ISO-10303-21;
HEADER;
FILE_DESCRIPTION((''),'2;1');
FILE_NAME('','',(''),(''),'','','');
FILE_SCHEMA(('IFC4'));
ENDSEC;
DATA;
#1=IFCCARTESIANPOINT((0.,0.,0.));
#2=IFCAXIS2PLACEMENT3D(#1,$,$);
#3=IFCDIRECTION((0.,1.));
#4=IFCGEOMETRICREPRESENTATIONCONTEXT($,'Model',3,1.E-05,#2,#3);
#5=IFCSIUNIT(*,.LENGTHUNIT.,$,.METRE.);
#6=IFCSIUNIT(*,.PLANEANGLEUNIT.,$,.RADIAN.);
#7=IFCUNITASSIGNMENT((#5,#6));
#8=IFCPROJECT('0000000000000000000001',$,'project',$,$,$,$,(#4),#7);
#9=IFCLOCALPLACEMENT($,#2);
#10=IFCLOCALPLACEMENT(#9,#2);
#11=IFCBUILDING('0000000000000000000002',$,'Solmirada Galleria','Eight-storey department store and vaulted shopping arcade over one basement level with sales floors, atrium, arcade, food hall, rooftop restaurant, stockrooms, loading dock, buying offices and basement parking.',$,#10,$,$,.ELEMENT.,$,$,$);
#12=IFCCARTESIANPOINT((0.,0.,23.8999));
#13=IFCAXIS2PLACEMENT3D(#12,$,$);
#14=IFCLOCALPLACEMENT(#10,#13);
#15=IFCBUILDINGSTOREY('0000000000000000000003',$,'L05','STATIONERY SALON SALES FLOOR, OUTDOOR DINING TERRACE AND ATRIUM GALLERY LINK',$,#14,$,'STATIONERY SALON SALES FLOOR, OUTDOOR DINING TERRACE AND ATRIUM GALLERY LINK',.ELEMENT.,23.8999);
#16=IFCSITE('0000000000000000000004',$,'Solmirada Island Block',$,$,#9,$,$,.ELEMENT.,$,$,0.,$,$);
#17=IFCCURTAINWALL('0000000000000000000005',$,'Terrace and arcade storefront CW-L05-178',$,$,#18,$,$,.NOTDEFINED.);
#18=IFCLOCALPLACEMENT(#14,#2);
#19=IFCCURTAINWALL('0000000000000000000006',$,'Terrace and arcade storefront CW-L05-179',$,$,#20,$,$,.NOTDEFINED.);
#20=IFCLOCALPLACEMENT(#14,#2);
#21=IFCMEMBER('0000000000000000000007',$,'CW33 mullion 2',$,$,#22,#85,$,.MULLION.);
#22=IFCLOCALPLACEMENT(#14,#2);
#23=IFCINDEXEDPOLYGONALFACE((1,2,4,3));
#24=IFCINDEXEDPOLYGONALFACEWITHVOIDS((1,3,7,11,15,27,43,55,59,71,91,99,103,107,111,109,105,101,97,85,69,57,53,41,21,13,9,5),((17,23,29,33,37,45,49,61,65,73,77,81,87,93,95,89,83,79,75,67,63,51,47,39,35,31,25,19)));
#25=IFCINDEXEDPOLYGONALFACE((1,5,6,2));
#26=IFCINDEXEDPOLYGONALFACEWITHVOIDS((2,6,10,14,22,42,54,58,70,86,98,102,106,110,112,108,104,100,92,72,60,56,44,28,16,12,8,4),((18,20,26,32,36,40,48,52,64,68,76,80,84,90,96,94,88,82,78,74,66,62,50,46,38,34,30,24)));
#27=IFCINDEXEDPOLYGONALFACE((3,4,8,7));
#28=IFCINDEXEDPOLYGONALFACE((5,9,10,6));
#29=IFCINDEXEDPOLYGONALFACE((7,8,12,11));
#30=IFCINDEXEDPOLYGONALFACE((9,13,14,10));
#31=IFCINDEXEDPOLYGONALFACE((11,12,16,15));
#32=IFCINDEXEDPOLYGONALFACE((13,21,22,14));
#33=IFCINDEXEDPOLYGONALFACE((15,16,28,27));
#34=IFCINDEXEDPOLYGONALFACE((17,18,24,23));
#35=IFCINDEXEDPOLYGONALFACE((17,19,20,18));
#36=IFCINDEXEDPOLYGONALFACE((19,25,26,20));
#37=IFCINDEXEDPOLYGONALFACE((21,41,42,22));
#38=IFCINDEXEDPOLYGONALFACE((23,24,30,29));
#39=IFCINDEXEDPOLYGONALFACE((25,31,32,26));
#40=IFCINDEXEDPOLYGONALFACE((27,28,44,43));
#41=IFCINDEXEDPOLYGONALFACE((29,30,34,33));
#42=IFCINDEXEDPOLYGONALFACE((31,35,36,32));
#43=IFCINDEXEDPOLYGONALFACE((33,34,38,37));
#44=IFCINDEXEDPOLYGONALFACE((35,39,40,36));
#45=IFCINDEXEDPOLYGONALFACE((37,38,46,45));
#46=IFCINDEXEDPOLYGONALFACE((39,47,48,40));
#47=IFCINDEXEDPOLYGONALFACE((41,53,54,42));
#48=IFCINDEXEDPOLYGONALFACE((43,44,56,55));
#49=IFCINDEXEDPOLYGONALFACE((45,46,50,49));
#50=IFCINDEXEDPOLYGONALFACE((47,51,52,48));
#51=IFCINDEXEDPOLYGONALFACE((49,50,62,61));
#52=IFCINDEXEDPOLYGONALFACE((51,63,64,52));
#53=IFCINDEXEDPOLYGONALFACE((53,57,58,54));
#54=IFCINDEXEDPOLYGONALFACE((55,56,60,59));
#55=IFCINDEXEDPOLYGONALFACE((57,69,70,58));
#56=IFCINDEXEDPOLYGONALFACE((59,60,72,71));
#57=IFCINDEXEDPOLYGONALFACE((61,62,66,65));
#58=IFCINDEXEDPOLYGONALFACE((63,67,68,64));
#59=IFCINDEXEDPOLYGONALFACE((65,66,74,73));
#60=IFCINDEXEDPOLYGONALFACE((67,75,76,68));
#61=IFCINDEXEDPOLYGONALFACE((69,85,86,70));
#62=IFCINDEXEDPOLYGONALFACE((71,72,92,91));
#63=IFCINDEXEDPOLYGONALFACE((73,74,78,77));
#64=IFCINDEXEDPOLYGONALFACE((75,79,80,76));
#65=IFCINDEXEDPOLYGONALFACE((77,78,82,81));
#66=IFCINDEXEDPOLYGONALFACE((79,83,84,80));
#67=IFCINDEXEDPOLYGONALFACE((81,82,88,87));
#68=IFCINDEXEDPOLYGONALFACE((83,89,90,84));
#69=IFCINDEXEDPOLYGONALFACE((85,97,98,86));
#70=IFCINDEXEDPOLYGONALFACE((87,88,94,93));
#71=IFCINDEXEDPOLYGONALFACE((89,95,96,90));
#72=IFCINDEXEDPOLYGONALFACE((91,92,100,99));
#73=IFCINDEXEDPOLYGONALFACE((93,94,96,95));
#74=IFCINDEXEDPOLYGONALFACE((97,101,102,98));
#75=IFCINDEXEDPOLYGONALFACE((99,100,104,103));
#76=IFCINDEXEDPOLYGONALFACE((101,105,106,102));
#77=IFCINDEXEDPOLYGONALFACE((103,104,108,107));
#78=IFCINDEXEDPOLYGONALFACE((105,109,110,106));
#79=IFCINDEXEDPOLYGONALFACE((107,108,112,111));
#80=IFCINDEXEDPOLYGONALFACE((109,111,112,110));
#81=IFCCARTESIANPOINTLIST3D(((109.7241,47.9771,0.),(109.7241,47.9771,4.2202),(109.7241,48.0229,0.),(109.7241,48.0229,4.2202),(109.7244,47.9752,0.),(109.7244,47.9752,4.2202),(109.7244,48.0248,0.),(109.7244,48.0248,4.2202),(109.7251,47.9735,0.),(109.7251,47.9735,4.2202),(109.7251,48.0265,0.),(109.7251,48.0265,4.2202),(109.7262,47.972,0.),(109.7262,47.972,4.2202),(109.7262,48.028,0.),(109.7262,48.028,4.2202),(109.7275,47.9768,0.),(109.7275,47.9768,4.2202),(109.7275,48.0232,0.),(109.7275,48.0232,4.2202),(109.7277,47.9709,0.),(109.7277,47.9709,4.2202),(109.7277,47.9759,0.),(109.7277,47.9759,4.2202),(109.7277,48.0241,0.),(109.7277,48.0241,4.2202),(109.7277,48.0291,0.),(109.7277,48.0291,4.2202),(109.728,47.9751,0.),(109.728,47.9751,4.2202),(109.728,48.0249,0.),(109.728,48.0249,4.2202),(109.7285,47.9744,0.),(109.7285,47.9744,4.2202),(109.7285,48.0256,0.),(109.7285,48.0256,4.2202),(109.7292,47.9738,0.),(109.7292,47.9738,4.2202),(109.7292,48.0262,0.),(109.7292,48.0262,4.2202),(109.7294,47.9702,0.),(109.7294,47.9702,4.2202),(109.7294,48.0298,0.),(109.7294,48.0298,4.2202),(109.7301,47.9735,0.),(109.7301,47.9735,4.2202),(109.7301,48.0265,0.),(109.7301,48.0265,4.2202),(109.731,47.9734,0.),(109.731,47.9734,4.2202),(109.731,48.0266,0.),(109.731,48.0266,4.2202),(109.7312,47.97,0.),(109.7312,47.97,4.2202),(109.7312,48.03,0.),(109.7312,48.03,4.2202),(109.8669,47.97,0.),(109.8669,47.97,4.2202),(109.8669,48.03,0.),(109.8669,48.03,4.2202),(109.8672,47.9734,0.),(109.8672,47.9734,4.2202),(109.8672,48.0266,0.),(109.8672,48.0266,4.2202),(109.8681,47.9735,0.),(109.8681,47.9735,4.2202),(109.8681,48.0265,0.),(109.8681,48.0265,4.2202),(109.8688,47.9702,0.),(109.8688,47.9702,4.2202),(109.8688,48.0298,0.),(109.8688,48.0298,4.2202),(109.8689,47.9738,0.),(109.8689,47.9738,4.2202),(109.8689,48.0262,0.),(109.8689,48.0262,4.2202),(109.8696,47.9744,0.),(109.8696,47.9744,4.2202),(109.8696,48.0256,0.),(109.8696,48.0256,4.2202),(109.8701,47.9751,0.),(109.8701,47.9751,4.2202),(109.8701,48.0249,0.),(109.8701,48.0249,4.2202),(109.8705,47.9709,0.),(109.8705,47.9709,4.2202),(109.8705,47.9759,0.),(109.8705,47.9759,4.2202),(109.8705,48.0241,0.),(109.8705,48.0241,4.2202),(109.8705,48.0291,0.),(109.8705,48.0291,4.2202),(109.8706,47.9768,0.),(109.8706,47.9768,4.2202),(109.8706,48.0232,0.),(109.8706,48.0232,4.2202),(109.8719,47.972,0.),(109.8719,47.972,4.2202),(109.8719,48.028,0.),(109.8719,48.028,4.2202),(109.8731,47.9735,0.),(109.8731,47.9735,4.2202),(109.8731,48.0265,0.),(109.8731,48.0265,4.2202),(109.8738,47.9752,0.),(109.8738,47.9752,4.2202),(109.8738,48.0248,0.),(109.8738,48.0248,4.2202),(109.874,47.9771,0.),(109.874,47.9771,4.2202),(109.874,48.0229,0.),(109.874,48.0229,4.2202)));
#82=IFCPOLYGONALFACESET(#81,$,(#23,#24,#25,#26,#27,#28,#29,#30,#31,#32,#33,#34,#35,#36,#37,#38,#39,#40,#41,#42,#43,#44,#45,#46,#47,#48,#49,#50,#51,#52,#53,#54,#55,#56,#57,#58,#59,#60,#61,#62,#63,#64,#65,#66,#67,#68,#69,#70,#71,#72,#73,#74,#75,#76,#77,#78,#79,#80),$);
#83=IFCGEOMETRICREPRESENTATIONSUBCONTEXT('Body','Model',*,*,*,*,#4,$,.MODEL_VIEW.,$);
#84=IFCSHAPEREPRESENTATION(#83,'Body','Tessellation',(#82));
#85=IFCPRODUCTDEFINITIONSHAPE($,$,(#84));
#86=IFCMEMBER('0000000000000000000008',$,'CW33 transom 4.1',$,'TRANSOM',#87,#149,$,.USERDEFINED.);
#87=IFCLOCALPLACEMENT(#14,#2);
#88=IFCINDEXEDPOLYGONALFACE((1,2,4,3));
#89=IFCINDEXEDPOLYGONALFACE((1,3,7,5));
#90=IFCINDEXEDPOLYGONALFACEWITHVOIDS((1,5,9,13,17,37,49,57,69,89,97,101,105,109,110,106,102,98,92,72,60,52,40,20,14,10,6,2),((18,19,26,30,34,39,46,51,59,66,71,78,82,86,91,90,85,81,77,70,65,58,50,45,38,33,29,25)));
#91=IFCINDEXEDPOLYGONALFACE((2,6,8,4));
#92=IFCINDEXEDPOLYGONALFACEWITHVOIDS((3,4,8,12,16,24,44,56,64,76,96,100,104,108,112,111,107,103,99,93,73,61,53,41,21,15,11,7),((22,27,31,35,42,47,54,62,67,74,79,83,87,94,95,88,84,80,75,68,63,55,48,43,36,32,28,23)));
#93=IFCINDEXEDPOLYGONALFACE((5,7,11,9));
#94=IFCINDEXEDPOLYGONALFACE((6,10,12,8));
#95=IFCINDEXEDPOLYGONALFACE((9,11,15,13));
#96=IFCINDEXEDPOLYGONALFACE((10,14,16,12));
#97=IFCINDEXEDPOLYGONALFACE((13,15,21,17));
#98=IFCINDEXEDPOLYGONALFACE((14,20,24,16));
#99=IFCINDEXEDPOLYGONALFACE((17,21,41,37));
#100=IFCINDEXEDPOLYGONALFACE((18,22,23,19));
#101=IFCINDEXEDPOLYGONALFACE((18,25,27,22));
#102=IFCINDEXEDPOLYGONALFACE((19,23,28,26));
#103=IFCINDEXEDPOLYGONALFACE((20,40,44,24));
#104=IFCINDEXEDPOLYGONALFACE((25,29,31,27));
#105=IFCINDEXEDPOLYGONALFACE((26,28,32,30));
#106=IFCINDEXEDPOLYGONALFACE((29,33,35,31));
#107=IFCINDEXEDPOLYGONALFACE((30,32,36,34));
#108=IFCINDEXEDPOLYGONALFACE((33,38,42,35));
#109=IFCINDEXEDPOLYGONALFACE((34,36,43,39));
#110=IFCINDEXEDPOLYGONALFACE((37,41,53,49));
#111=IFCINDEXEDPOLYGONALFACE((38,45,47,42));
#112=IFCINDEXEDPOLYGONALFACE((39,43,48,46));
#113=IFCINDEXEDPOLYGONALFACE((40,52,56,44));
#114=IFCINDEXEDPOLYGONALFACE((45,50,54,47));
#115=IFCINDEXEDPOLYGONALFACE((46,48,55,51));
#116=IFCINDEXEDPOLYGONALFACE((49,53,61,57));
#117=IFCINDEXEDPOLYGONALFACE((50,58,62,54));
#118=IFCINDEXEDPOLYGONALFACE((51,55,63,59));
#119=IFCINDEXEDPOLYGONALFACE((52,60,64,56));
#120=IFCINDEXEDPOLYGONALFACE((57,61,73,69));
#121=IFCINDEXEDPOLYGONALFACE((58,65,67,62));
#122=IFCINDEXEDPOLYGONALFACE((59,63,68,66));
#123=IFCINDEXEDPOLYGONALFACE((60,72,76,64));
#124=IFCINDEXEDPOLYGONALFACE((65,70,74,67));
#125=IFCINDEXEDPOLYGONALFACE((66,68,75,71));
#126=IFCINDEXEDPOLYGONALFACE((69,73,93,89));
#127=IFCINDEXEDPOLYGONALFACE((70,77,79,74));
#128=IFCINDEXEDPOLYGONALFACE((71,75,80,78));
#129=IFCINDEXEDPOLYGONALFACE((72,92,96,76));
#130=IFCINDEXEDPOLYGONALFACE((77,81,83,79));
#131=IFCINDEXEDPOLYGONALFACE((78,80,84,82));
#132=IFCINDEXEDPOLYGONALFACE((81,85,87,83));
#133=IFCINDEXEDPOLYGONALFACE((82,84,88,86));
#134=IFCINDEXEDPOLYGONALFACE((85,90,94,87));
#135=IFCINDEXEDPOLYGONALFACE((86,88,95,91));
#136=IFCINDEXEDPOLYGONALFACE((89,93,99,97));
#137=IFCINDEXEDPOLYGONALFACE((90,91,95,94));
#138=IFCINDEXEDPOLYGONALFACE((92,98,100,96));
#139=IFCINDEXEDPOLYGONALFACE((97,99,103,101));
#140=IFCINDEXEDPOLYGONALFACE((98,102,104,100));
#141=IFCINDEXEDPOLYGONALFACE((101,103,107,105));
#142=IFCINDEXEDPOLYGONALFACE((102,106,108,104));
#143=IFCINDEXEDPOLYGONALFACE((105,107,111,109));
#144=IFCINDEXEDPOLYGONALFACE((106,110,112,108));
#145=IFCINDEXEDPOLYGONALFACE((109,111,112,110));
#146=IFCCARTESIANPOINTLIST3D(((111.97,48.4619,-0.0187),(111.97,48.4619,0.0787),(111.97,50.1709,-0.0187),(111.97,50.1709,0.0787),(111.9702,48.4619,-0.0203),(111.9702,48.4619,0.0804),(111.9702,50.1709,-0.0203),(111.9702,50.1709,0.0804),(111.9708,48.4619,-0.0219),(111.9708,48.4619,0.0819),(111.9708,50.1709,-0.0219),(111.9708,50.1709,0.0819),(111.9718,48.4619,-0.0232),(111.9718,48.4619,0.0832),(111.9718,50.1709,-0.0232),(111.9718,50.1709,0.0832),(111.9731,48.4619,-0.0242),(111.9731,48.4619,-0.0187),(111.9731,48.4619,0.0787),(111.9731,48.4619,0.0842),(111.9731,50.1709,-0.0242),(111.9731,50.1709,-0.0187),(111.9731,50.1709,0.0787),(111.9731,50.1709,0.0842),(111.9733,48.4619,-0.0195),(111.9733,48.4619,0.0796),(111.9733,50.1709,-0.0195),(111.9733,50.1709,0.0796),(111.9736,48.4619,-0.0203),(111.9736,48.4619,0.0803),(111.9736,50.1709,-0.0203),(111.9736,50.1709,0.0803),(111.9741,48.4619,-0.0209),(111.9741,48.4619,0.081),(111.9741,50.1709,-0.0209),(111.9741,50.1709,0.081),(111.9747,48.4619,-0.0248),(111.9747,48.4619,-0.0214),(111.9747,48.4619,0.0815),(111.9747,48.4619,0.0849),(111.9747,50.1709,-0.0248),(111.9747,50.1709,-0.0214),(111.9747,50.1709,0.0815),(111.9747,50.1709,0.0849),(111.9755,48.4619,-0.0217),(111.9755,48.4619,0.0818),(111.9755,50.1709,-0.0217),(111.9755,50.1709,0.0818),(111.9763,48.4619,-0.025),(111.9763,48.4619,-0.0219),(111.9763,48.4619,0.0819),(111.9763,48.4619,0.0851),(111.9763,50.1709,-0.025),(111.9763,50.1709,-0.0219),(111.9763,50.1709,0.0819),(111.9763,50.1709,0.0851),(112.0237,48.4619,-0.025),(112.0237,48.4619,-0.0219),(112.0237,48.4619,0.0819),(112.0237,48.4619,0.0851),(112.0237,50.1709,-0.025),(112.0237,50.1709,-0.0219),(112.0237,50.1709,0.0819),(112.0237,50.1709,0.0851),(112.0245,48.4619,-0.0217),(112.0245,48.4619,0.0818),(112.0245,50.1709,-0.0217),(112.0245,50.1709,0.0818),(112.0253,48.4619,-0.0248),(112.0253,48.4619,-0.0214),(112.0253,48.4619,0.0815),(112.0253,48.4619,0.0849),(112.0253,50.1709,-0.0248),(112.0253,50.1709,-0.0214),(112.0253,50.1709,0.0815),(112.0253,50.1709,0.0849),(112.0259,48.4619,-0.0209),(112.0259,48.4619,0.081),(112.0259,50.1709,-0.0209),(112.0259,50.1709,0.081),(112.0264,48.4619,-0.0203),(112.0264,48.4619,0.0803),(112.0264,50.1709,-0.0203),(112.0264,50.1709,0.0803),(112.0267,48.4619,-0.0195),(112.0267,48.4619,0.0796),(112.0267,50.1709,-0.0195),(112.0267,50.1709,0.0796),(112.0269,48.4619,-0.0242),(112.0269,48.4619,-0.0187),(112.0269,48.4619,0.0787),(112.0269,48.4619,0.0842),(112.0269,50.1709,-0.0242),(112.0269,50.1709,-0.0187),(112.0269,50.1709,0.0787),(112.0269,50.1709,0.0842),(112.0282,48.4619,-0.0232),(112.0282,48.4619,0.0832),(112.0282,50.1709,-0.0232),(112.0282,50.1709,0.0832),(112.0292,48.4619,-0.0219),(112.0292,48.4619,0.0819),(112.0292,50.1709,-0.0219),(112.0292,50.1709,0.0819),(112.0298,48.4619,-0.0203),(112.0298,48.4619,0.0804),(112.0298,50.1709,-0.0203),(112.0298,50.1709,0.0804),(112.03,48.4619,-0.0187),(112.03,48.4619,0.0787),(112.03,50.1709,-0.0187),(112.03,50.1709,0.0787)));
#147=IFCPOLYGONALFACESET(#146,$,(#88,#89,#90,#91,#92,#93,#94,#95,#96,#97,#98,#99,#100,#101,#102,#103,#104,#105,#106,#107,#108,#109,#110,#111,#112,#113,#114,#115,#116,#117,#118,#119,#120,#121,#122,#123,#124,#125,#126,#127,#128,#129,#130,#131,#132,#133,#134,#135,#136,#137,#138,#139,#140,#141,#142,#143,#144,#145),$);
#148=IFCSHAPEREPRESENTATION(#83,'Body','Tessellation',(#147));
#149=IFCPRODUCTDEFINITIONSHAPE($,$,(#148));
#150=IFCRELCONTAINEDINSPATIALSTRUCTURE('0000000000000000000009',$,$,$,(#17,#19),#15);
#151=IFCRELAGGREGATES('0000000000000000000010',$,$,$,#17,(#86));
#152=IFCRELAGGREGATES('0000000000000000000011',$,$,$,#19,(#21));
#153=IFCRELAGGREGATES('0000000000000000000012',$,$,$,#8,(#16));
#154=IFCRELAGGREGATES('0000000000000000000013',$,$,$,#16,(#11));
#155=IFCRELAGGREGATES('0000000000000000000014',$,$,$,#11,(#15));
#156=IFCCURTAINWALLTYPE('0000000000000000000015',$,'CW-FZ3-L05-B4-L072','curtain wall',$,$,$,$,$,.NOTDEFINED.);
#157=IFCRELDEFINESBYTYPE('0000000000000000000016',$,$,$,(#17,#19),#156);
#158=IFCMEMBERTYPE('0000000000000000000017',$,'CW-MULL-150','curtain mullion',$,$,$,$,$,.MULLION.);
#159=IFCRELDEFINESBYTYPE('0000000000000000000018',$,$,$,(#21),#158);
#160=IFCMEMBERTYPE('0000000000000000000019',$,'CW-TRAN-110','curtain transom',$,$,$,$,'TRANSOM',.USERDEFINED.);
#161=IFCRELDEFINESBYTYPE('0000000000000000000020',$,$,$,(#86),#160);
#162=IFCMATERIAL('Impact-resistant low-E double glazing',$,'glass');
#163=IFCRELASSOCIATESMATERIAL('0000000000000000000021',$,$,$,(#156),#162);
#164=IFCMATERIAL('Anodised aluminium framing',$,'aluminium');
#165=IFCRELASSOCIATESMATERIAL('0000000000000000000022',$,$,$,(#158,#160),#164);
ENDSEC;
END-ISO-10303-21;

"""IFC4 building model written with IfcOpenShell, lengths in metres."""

from ifc_helpers import new_model, si_unit, direction, frame, origin, origin_2d, place, context, subcontext, project, spatial, hollow_rectangle, extrude, material, material_profile, profile_set, type_object, element, aggregate, save


model = new_model("IFC4")

# Units and contexts
model_context = context("Model", 3, precision=1e-05, world=origin(), true_north=direction((0.0, 1.0)))
body_context = subcontext(model_context, "Body", "Model", "MODEL_VIEW")
ifc_project = project(units=[si_unit("LENGTHUNIT", "METRE"), si_unit("PLANEANGLEUNIT", "RADIAN")], contexts=[model_context])

# Site, building, storey
site_placement = place(None, origin())
site = spatial("IfcSite", under=ifc_project, at=site_placement, Name="Solmirada Island Block", CompositionType="ELEMENT", RefElevation=0.0)
building_placement = place(site_placement, origin())
building = spatial("IfcBuilding", under=site, at=building_placement, Name="Solmirada Galleria", Description="Eight-storey department store and vaulted shopping arcade over one basement level with sales floors, atrium, arcade, food hall, rooftop restaurant, stockrooms, loading dock, buying offices and basement parking.", CompositionType="ELEMENT")
storey_placement = place(building_placement, frame((0.0, 0.0, 23.8999)))
storey = spatial("IfcBuildingStorey", under=building, at=storey_placement, Name="L05", Description="STATIONERY SALON SALES FLOOR, OUTDOOR DINING TERRACE AND ATRIUM GALLERY LINK", LongName="STATIONERY SALON SALES FLOOR, OUTDOOR DINING TERRACE AND ATRIUM GALLERY LINK", CompositionType="ELEMENT", Elevation=23.8999)

# Curtain wall
ifc_material_1 = material(Name="Impact-resistant low-E double glazing", Category="glass")
curtain_wall_type = type_object("IfcCurtainWallType", Name="CW-FZ3-L05-B4-L072", Description="curtain wall", PredefinedType="NOTDEFINED", material=ifc_material_1)
curtain_wall_1_placement = place(storey_placement, origin())
curtain_wall_1 = element("IfcCurtainWall", 1, at=curtain_wall_1_placement, inside=storey, type_object=curtain_wall_type, Name="Terrace and arcade storefront CW-L05-178", PredefinedType="NOTDEFINED")
ifc_material_2 = material(Name="Anodised aluminium framing", Category="aluminium")
ifc_material_profile_1 = material_profile(ifc_material_2, hollow_rectangle(XDim=0.0601, YDim=0.1499, WallThickness=0.0034, InnerFilletRadius=0.0034, OuterFilletRadius=0.0071, at=origin_2d()), Name="ALU-MULL-150X60")
ifc_profile_set_1 = profile_set([ifc_material_profile_1], Name="Anodised aluminium framing")
member_type_1 = type_object("IfcMemberType", Name="CW-MULL-150", Description="curtain mullion", PredefinedType="MULLION", material=ifc_profile_set_1)

# Curtain wall, member
curtain_wall_2_placement = place(storey_placement, origin())
curtain_wall_2 = element("IfcCurtainWall", 2, at=curtain_wall_2_placement, inside=storey, type_object=curtain_wall_type, Name="Terrace and arcade storefront CW-L05-179", PredefinedType="NOTDEFINED")
member_1_placement = place(storey_placement, frame((109.7991, 48.0, 0.0), z_axis=(0.0, 0.0, 1.0), x_axis=(0.0, -1.0, 0.0)))
member_1 = element("IfcMember", 3, at=member_1_placement, type_object=member_type_1, Name="CW33 mullion 2", PredefinedType="MULLION", context=body_context, shape_type="SweptSolid", body=[
    extrude(hollow_rectangle(XDim=0.0601, YDim=0.1499, WallThickness=0.0034, InnerFilletRadius=0.0034, OuterFilletRadius=0.0071, at=origin_2d()), origin(), (0.0, 0.0, 1.0), 4.2202),
])

# Member
ifc_material_profile_2 = material_profile(ifc_material_2, hollow_rectangle(XDim=0.0601, YDim=0.1101, WallThickness=0.0032, InnerFilletRadius=0.0032, OuterFilletRadius=0.0063, at=origin_2d()), Name="ALU-TRAN-110X60")
ifc_profile_set_2 = profile_set([ifc_material_profile_2], Name="Anodised aluminium framing")
member_type_2 = type_object("IfcMemberType", Name="CW-TRAN-110", Description="curtain transom", ElementType="TRANSOM", PredefinedType="USERDEFINED", material=ifc_profile_set_2)
member_2_placement = place(storey_placement, frame((112.0, 50.1709, 0.03), z_axis=(0.0, -1.0, 0.0), x_axis=(1.0, 0.0, 0.0)))
member_2 = element("IfcMember", 4, at=member_2_placement, type_object=member_type_2, Name="CW33 transom 4.1", ObjectType="TRANSOM", PredefinedType="USERDEFINED", context=body_context, shape_type="SweptSolid", body=[
    extrude(hollow_rectangle(XDim=0.0601, YDim=0.1101, WallThickness=0.0032, InnerFilletRadius=0.0032, OuterFilletRadius=0.0063, at=origin_2d()), origin(), (0.0, 0.0, 1.0), 1.709),
])

aggregate(curtain_wall_1, [member_2])
aggregate(curtain_wall_2, [member_1])

save(model, "model.ifc")
